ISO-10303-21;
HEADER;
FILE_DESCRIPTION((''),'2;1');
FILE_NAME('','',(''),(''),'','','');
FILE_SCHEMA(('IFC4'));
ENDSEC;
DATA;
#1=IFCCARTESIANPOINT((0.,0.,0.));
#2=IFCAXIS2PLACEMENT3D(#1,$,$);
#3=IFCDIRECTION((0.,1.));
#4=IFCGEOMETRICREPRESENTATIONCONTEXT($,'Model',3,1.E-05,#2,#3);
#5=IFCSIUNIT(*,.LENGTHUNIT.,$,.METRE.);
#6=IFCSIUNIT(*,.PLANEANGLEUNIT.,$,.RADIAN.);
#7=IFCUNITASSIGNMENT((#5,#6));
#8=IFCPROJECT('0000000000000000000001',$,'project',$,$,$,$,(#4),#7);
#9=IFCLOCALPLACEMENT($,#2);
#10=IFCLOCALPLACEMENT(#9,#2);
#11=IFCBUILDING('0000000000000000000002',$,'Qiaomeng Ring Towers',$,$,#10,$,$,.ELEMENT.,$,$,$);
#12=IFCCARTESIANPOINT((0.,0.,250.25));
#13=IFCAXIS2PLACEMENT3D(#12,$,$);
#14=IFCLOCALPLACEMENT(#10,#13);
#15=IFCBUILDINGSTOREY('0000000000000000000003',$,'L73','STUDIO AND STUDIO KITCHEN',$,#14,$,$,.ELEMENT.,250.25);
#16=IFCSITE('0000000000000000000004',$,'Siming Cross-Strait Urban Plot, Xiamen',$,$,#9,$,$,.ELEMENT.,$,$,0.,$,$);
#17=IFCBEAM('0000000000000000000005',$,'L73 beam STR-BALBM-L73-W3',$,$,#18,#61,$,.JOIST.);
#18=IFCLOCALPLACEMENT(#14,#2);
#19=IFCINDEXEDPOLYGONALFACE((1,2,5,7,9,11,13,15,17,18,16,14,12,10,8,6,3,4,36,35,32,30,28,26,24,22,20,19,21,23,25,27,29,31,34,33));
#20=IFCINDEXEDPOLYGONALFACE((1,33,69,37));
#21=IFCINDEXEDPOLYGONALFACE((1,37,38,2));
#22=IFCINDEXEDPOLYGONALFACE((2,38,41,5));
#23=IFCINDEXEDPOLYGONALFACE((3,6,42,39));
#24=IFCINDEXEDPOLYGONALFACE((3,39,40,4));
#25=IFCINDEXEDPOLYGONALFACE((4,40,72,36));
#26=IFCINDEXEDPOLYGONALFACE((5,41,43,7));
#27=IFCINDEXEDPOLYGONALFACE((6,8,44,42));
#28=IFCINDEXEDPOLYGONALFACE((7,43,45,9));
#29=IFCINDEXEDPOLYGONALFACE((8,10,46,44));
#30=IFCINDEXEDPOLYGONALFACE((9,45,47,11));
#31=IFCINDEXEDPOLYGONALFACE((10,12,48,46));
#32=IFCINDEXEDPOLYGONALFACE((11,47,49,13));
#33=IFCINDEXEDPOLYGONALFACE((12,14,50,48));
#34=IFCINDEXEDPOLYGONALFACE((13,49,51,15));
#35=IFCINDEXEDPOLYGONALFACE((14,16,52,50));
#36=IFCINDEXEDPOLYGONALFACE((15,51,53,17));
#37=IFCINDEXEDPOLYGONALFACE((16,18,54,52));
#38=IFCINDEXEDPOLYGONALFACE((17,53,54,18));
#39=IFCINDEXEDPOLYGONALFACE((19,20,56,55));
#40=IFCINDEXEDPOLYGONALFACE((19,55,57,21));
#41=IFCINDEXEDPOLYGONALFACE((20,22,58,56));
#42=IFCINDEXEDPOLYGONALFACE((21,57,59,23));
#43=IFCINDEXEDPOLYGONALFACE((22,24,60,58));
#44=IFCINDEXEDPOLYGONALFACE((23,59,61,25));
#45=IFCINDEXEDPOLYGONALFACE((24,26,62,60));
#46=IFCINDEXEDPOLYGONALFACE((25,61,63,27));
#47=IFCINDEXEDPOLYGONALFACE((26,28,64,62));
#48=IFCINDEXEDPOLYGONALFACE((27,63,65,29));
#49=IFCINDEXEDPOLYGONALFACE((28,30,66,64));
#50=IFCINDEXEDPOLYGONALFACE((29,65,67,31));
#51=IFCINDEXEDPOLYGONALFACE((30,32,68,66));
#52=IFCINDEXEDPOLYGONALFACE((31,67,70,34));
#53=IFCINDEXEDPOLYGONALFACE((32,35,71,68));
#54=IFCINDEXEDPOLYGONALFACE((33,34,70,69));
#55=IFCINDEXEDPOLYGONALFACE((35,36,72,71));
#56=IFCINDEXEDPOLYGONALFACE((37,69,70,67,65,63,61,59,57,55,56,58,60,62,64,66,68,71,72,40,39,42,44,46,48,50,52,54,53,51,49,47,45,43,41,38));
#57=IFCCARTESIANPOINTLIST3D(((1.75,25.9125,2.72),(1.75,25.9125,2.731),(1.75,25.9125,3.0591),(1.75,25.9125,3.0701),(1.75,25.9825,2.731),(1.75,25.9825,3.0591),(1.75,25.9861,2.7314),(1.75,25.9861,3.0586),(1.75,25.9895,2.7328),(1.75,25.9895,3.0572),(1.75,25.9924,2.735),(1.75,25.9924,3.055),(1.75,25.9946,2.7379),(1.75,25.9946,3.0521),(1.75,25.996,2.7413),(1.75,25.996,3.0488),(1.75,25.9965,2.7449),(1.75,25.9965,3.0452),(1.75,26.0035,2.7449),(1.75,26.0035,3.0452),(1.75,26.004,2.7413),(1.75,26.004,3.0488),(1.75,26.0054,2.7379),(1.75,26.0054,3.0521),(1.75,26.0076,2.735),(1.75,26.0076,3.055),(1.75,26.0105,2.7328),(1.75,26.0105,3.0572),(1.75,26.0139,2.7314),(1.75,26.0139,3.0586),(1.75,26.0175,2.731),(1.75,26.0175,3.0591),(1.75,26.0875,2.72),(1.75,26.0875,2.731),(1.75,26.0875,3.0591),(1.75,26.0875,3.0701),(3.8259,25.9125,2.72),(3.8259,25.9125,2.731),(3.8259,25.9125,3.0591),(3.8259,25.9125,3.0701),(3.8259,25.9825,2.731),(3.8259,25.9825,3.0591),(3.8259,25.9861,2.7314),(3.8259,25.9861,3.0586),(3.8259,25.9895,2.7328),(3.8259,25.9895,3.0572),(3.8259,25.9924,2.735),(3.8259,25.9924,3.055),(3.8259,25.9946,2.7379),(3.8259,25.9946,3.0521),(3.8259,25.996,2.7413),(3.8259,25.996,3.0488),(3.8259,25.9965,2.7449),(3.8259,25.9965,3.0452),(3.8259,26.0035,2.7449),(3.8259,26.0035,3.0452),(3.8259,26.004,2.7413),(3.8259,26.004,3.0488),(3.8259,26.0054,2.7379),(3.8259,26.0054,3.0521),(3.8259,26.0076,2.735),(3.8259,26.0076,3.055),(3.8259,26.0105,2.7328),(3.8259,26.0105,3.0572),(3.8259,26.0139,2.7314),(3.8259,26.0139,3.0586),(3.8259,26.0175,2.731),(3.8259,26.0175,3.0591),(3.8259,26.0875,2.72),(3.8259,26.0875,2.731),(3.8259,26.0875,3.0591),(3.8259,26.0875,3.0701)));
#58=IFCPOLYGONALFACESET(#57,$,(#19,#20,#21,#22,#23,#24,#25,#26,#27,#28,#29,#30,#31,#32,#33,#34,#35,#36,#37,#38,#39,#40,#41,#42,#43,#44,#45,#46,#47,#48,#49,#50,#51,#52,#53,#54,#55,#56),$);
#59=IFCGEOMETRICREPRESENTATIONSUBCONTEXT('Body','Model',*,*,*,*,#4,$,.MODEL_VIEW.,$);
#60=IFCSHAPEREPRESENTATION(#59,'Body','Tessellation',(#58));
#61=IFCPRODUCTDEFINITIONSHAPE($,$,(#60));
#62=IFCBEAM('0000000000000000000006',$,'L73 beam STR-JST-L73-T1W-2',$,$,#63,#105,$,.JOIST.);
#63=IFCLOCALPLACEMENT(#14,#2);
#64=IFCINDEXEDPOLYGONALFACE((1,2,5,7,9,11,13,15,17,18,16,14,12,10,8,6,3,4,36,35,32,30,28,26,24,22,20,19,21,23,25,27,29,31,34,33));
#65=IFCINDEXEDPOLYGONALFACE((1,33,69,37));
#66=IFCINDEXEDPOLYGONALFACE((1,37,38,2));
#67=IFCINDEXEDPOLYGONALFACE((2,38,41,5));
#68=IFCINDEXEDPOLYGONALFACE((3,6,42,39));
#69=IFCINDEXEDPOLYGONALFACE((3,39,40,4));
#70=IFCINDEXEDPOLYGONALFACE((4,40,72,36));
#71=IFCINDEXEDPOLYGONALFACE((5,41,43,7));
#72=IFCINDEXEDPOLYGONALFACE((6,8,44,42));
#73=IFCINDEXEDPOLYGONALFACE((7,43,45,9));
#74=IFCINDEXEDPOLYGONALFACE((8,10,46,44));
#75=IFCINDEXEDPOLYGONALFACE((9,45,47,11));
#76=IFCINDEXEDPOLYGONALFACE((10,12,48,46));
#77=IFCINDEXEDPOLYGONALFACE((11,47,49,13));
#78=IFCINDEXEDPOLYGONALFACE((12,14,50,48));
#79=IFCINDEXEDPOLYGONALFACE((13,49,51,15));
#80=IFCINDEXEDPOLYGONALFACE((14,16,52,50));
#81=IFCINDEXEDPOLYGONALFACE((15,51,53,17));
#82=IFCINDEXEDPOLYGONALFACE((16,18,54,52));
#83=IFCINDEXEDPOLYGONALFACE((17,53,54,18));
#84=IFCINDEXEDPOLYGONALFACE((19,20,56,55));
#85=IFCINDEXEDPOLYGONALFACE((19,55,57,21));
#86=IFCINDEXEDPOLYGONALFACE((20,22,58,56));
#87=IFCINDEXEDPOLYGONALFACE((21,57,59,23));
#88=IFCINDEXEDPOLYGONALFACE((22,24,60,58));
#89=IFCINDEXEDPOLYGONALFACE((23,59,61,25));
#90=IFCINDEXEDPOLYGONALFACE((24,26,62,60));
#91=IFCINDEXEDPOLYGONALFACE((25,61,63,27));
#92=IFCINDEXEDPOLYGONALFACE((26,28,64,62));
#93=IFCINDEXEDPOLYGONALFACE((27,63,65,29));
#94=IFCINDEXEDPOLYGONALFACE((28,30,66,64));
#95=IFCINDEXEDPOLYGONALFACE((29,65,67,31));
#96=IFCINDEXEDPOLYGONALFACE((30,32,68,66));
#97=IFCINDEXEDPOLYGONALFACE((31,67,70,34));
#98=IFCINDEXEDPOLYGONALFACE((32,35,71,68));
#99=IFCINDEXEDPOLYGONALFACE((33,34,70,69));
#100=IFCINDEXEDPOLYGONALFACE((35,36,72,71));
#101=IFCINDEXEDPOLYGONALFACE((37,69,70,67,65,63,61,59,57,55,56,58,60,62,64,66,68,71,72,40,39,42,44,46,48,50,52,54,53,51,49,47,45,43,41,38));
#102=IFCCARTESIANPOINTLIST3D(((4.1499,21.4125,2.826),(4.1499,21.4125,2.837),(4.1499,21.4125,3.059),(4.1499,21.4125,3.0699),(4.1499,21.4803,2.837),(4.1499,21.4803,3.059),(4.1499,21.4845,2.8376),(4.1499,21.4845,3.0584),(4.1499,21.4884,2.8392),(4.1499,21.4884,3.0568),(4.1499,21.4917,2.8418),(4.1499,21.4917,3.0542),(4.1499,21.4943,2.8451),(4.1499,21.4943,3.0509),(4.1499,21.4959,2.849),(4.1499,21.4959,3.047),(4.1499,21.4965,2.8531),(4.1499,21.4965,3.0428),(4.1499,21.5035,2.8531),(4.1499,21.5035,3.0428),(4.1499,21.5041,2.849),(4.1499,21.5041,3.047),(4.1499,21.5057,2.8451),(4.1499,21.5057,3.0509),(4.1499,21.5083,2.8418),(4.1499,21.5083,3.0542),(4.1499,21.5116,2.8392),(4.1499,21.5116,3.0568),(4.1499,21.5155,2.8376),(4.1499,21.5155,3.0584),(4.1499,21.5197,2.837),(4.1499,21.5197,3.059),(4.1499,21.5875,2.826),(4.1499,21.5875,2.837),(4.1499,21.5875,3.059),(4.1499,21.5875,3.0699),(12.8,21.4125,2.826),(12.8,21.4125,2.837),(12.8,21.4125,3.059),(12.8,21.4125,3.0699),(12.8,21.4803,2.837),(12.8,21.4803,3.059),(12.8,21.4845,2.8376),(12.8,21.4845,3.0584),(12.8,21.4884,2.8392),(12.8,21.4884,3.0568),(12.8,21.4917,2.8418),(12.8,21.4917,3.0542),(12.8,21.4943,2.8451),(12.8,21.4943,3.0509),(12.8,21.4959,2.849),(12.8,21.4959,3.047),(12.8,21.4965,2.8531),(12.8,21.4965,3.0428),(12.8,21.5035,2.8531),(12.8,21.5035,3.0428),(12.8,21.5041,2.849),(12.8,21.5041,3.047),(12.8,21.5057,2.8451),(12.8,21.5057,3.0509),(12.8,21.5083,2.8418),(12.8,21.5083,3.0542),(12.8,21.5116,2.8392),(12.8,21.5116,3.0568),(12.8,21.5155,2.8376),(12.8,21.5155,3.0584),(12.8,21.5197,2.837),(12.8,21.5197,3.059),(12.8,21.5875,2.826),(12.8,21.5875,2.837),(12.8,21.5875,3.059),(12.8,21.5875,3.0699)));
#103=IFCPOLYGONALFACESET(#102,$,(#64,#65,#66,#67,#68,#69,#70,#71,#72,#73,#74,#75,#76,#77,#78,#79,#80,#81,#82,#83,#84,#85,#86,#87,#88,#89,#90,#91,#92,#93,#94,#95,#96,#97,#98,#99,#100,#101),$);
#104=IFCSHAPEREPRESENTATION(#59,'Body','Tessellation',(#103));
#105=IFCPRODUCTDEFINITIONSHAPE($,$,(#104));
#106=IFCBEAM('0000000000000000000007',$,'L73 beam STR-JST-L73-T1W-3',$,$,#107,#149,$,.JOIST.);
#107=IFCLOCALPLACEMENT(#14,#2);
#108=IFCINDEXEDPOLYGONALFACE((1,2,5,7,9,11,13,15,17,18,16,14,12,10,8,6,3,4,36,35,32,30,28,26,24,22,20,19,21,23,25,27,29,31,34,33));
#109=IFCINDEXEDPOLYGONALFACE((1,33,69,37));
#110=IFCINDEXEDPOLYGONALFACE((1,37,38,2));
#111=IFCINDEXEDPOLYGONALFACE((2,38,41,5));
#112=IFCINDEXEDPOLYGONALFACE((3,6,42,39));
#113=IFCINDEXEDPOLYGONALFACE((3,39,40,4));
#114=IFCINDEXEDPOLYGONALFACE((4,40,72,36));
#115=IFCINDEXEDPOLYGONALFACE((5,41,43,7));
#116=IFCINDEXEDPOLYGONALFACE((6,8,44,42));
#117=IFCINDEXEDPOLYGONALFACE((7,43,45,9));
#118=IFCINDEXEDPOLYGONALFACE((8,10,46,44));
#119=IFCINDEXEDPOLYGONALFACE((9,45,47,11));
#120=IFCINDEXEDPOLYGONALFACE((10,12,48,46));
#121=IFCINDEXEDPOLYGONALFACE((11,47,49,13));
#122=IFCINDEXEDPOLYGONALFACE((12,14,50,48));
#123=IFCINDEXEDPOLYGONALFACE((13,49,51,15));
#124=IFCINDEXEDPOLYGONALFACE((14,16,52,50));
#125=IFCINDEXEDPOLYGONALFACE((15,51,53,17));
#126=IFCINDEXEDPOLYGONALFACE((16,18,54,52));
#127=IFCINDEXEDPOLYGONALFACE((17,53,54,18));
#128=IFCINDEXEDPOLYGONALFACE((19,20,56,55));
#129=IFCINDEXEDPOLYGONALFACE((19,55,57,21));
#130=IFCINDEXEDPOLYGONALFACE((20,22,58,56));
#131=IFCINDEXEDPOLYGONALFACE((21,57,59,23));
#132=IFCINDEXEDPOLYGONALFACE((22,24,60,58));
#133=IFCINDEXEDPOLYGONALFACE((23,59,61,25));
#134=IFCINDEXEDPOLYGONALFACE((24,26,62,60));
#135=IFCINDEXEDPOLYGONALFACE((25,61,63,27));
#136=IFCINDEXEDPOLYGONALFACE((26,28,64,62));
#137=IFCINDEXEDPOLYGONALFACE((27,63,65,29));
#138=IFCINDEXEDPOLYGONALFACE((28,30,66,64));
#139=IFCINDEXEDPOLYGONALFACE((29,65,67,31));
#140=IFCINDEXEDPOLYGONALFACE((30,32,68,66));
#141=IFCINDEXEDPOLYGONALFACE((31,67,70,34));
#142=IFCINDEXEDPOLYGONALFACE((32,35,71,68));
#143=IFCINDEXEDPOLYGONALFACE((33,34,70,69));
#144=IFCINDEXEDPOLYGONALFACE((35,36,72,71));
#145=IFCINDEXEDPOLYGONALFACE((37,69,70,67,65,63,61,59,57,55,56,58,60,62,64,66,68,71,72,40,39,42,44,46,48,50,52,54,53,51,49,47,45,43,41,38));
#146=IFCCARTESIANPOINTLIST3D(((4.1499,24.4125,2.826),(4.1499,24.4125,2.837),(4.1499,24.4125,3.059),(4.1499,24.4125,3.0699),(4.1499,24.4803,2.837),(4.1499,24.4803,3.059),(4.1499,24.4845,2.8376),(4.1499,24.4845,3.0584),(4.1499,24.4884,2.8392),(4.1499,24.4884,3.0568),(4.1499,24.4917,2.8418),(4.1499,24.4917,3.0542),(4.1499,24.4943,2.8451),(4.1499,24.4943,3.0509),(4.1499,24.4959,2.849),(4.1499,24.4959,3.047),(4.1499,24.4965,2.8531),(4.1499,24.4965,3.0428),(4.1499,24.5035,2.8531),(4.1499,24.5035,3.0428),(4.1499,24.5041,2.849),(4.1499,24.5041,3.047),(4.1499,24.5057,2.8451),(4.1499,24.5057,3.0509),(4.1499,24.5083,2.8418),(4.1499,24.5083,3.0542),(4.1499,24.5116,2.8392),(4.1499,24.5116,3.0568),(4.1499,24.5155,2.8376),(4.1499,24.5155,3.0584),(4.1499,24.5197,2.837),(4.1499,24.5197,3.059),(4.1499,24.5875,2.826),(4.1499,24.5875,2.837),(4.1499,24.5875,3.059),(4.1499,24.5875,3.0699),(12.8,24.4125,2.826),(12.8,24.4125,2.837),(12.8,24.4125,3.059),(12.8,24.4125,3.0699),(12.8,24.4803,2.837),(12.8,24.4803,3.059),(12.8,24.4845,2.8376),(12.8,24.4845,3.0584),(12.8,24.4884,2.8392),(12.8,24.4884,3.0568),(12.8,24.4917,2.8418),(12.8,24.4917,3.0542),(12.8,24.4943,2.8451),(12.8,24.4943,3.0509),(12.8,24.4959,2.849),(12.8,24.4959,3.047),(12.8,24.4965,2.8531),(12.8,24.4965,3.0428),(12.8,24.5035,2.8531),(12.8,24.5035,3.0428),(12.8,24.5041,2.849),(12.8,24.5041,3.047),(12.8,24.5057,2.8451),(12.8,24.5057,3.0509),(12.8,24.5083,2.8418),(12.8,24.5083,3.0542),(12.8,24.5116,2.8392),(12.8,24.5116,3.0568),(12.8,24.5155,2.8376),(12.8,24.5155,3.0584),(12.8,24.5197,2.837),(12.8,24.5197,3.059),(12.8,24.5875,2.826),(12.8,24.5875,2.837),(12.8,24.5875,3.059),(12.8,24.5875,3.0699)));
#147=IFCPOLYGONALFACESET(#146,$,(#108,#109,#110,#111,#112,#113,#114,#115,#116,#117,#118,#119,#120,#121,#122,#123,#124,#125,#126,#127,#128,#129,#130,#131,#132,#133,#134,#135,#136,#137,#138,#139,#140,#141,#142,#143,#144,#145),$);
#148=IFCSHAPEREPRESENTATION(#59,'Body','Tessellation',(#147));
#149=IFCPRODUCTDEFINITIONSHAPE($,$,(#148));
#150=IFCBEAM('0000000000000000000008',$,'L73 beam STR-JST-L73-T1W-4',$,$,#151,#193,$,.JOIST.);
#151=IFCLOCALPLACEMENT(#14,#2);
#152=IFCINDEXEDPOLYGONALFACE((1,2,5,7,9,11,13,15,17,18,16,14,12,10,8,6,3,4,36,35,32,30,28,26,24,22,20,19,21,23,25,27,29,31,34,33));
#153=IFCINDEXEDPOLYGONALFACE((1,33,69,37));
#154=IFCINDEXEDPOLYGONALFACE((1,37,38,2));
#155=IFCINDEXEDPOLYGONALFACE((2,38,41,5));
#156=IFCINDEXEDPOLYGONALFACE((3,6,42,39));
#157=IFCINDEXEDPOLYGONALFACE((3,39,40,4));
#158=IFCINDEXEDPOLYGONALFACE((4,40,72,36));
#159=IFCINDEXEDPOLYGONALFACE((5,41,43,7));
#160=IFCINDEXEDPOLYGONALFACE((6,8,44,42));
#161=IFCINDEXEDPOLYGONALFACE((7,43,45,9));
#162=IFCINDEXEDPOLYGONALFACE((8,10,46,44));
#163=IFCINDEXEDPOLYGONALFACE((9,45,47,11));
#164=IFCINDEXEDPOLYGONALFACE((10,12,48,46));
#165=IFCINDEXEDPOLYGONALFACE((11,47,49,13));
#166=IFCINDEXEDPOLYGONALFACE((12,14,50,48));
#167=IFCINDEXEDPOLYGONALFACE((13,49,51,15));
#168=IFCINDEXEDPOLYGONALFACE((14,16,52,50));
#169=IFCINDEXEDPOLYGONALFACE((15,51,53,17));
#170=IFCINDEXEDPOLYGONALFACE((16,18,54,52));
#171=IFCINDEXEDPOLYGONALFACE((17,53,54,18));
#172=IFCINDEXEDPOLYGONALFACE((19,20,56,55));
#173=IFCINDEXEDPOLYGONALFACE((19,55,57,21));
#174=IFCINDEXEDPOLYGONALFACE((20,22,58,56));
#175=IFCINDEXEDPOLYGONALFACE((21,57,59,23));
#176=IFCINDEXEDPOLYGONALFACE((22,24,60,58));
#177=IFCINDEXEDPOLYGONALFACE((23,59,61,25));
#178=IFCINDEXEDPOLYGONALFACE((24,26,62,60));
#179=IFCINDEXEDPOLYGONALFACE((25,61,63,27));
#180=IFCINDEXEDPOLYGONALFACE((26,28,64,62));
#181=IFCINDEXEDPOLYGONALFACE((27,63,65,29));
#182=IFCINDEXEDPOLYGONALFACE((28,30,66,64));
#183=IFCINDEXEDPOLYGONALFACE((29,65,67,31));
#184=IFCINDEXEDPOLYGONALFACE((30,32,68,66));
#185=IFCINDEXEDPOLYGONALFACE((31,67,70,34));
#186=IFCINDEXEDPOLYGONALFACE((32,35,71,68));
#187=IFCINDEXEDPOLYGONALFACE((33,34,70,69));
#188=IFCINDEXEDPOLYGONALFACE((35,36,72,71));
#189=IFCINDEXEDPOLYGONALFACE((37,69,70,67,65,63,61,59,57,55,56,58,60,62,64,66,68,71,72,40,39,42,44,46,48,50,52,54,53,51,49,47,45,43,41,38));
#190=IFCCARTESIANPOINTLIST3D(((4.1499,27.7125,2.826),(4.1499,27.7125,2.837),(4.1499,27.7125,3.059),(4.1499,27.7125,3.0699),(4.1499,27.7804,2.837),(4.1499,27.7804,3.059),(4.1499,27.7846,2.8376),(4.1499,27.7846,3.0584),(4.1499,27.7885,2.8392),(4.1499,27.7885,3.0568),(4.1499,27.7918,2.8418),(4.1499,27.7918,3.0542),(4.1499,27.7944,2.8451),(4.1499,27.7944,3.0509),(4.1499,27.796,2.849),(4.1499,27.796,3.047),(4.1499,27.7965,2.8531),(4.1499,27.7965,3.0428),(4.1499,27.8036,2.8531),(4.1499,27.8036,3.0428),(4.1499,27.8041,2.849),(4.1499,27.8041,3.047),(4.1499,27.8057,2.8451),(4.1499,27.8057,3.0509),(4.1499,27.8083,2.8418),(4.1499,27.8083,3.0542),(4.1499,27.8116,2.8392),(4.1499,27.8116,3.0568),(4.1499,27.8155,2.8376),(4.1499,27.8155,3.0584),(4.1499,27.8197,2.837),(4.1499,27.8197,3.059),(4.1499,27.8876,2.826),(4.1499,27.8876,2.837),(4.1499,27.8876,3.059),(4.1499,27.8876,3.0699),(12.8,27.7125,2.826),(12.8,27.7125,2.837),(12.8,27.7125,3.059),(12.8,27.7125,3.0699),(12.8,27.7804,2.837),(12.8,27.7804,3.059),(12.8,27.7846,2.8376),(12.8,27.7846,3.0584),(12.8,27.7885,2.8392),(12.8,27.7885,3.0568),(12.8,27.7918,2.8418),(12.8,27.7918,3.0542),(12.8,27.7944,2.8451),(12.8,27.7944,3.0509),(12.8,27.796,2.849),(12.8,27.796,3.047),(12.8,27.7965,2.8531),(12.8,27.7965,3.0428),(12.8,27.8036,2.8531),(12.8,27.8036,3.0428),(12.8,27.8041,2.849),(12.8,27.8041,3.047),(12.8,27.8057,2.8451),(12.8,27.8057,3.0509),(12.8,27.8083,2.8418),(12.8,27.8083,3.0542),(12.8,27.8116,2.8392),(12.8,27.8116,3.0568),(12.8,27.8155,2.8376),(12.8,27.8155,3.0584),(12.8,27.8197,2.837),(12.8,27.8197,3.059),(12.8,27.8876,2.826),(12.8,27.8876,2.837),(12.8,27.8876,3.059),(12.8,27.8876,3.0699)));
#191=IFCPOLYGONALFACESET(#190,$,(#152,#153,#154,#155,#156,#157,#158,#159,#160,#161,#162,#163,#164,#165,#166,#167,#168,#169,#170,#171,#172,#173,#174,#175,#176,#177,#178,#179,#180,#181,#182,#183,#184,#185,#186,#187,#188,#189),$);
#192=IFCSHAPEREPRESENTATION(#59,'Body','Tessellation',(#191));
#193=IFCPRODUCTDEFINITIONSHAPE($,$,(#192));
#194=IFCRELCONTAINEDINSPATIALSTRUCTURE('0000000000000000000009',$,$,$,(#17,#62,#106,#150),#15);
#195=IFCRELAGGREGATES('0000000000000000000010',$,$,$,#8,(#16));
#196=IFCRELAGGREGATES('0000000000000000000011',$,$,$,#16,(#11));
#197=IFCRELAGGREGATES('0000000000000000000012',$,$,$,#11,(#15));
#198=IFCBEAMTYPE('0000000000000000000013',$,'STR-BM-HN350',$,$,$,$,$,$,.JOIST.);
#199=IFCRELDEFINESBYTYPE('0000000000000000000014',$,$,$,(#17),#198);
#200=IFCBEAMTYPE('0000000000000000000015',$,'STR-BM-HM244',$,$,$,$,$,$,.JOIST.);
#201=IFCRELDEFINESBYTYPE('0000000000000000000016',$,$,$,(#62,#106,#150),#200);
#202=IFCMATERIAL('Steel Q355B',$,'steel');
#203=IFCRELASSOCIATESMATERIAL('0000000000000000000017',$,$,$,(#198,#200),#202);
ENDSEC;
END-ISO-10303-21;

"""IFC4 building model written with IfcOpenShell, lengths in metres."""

from ifc_helpers import new_model, si_unit, direction, frame, origin, origin_2d, place, context, subcontext, project, spatial, i_section, extrude, source, transform, mapped, material, material_profile, profile_set, type_object, element, save


model = new_model("IFC4")

# Units and contexts
model_context = context("Model", 3, precision=1e-05, world=origin(), true_north=direction((0.0, 1.0)))
body_context = subcontext(model_context, "Body", "Model", "MODEL_VIEW")
ifc_project = project(units=[si_unit("LENGTHUNIT", "METRE"), si_unit("PLANEANGLEUNIT", "RADIAN")], contexts=[model_context])

# Site, building, storey
site_placement = place(None, origin())
site = spatial("IfcSite", under=ifc_project, at=site_placement, Name="Siming Cross-Strait Urban Plot, Xiamen", CompositionType="ELEMENT", RefElevation=0.0)
building_placement = place(site_placement, origin())
building = spatial("IfcBuilding", under=site, at=building_placement, Name="Qiaomeng Ring Towers", CompositionType="ELEMENT")
storey_placement = place(building_placement, frame((0.0, 0.0, 250.25)))
storey = spatial("IfcBuildingStorey", under=building, at=storey_placement, Name="L73", Description="STUDIO AND STUDIO KITCHEN", CompositionType="ELEMENT", Elevation=250.25)

# Beams
ifc_material_1 = material(Name="Steel Q355B", Category="steel")
ifc_material_profile_1 = material_profile(ifc_material_1, i_section(OverallWidth=0.175, OverallDepth=0.3501, WebThickness=0.0071, FlangeThickness=0.011, FilletRadius=0.0139, at=origin_2d()), Name="HN 350x175x7x11")
ifc_profile_set_1 = profile_set([ifc_material_profile_1], Name="Steel Q355B")
beam_type_1 = type_object("IfcBeamType", Name="STR-BM-HN350", PredefinedType="JOIST", material=ifc_profile_set_1)
shared_shape_1 = source(origin(), body_context, "Body", "SweptSolid", [
    extrude(i_section(OverallWidth=0.175, OverallDepth=0.3501, WebThickness=0.0071, FlangeThickness=0.011, FilletRadius=0.0139, at=origin_2d()), origin(), (0.0, 0.0, 1.0), 2.0759),
])
for number, where, z_axis, x_axis, name in (
    (1, (1.75, 26.0, 2.895), (1.0, 0.0, 0.0), (0.0, 1.0, 0.0), "L73 beam STR-BALBM-L73-W3"),
):
    element("IfcBeam", number, at=place(storey_placement, frame(where, z_axis=z_axis, x_axis=x_axis)), inside=storey, type_object=beam_type_1, Name=name, PredefinedType="JOIST", context=body_context, shape_type="MappedRepresentation", body=[
        mapped(shared_shape_1, transform((0.0, 0.0, 0.0), x_axis=(1.0, 0.0, 0.0), y_axis=(0.0, 1.0, 0.0), z_axis=(0.0, 0.0, 1.0), scale=1.0)),
    ])
ifc_material_profile_2 = material_profile(ifc_material_1, i_section(OverallWidth=0.175, OverallDepth=0.2439, WebThickness=0.0071, FlangeThickness=0.011, FilletRadius=0.0161, at=origin_2d()), Name="HM 244x175x7x11")
ifc_profile_set_2 = profile_set([ifc_material_profile_2], Name="Steel Q355B")
beam_type_2 = type_object("IfcBeamType", Name="STR-BM-HM244", PredefinedType="JOIST", material=ifc_profile_set_2)
shared_shape_2 = source(origin(), body_context, "Body", "SweptSolid", [
    extrude(i_section(OverallWidth=0.175, OverallDepth=0.2439, WebThickness=0.0071, FlangeThickness=0.011, FilletRadius=0.0161, at=origin_2d()), origin(), (0.0, 0.0, 1.0), 8.6501),
])
for number, where, z_axis, x_axis, name in (
    (2, (4.1499, 21.5, 2.948), (1.0, 0.0, 0.0), (0.0, 1.0, 0.0), "L73 beam STR-JST-L73-T1W-2"),
    (3, (4.1499, 24.5, 2.948), (1.0, 0.0, 0.0), (0.0, 1.0, 0.0), "L73 beam STR-JST-L73-T1W-3"),
    (4, (4.1499, 27.8, 2.948), (1.0, 0.0, 0.0), (0.0, 1.0, 0.0), "L73 beam STR-JST-L73-T1W-4"),
):
    element("IfcBeam", number, at=place(storey_placement, frame(where, z_axis=z_axis, x_axis=x_axis)), inside=storey, type_object=beam_type_2, Name=name, PredefinedType="JOIST", context=body_context, shape_type="MappedRepresentation", body=[
        mapped(shared_shape_2, transform((0.0, 0.0, 0.0), x_axis=(1.0, 0.0, 0.0), y_axis=(0.0, 1.0, 0.0), z_axis=(0.0, 0.0, 1.0), scale=1.0)),
    ])

save(model, "model.ifc")
